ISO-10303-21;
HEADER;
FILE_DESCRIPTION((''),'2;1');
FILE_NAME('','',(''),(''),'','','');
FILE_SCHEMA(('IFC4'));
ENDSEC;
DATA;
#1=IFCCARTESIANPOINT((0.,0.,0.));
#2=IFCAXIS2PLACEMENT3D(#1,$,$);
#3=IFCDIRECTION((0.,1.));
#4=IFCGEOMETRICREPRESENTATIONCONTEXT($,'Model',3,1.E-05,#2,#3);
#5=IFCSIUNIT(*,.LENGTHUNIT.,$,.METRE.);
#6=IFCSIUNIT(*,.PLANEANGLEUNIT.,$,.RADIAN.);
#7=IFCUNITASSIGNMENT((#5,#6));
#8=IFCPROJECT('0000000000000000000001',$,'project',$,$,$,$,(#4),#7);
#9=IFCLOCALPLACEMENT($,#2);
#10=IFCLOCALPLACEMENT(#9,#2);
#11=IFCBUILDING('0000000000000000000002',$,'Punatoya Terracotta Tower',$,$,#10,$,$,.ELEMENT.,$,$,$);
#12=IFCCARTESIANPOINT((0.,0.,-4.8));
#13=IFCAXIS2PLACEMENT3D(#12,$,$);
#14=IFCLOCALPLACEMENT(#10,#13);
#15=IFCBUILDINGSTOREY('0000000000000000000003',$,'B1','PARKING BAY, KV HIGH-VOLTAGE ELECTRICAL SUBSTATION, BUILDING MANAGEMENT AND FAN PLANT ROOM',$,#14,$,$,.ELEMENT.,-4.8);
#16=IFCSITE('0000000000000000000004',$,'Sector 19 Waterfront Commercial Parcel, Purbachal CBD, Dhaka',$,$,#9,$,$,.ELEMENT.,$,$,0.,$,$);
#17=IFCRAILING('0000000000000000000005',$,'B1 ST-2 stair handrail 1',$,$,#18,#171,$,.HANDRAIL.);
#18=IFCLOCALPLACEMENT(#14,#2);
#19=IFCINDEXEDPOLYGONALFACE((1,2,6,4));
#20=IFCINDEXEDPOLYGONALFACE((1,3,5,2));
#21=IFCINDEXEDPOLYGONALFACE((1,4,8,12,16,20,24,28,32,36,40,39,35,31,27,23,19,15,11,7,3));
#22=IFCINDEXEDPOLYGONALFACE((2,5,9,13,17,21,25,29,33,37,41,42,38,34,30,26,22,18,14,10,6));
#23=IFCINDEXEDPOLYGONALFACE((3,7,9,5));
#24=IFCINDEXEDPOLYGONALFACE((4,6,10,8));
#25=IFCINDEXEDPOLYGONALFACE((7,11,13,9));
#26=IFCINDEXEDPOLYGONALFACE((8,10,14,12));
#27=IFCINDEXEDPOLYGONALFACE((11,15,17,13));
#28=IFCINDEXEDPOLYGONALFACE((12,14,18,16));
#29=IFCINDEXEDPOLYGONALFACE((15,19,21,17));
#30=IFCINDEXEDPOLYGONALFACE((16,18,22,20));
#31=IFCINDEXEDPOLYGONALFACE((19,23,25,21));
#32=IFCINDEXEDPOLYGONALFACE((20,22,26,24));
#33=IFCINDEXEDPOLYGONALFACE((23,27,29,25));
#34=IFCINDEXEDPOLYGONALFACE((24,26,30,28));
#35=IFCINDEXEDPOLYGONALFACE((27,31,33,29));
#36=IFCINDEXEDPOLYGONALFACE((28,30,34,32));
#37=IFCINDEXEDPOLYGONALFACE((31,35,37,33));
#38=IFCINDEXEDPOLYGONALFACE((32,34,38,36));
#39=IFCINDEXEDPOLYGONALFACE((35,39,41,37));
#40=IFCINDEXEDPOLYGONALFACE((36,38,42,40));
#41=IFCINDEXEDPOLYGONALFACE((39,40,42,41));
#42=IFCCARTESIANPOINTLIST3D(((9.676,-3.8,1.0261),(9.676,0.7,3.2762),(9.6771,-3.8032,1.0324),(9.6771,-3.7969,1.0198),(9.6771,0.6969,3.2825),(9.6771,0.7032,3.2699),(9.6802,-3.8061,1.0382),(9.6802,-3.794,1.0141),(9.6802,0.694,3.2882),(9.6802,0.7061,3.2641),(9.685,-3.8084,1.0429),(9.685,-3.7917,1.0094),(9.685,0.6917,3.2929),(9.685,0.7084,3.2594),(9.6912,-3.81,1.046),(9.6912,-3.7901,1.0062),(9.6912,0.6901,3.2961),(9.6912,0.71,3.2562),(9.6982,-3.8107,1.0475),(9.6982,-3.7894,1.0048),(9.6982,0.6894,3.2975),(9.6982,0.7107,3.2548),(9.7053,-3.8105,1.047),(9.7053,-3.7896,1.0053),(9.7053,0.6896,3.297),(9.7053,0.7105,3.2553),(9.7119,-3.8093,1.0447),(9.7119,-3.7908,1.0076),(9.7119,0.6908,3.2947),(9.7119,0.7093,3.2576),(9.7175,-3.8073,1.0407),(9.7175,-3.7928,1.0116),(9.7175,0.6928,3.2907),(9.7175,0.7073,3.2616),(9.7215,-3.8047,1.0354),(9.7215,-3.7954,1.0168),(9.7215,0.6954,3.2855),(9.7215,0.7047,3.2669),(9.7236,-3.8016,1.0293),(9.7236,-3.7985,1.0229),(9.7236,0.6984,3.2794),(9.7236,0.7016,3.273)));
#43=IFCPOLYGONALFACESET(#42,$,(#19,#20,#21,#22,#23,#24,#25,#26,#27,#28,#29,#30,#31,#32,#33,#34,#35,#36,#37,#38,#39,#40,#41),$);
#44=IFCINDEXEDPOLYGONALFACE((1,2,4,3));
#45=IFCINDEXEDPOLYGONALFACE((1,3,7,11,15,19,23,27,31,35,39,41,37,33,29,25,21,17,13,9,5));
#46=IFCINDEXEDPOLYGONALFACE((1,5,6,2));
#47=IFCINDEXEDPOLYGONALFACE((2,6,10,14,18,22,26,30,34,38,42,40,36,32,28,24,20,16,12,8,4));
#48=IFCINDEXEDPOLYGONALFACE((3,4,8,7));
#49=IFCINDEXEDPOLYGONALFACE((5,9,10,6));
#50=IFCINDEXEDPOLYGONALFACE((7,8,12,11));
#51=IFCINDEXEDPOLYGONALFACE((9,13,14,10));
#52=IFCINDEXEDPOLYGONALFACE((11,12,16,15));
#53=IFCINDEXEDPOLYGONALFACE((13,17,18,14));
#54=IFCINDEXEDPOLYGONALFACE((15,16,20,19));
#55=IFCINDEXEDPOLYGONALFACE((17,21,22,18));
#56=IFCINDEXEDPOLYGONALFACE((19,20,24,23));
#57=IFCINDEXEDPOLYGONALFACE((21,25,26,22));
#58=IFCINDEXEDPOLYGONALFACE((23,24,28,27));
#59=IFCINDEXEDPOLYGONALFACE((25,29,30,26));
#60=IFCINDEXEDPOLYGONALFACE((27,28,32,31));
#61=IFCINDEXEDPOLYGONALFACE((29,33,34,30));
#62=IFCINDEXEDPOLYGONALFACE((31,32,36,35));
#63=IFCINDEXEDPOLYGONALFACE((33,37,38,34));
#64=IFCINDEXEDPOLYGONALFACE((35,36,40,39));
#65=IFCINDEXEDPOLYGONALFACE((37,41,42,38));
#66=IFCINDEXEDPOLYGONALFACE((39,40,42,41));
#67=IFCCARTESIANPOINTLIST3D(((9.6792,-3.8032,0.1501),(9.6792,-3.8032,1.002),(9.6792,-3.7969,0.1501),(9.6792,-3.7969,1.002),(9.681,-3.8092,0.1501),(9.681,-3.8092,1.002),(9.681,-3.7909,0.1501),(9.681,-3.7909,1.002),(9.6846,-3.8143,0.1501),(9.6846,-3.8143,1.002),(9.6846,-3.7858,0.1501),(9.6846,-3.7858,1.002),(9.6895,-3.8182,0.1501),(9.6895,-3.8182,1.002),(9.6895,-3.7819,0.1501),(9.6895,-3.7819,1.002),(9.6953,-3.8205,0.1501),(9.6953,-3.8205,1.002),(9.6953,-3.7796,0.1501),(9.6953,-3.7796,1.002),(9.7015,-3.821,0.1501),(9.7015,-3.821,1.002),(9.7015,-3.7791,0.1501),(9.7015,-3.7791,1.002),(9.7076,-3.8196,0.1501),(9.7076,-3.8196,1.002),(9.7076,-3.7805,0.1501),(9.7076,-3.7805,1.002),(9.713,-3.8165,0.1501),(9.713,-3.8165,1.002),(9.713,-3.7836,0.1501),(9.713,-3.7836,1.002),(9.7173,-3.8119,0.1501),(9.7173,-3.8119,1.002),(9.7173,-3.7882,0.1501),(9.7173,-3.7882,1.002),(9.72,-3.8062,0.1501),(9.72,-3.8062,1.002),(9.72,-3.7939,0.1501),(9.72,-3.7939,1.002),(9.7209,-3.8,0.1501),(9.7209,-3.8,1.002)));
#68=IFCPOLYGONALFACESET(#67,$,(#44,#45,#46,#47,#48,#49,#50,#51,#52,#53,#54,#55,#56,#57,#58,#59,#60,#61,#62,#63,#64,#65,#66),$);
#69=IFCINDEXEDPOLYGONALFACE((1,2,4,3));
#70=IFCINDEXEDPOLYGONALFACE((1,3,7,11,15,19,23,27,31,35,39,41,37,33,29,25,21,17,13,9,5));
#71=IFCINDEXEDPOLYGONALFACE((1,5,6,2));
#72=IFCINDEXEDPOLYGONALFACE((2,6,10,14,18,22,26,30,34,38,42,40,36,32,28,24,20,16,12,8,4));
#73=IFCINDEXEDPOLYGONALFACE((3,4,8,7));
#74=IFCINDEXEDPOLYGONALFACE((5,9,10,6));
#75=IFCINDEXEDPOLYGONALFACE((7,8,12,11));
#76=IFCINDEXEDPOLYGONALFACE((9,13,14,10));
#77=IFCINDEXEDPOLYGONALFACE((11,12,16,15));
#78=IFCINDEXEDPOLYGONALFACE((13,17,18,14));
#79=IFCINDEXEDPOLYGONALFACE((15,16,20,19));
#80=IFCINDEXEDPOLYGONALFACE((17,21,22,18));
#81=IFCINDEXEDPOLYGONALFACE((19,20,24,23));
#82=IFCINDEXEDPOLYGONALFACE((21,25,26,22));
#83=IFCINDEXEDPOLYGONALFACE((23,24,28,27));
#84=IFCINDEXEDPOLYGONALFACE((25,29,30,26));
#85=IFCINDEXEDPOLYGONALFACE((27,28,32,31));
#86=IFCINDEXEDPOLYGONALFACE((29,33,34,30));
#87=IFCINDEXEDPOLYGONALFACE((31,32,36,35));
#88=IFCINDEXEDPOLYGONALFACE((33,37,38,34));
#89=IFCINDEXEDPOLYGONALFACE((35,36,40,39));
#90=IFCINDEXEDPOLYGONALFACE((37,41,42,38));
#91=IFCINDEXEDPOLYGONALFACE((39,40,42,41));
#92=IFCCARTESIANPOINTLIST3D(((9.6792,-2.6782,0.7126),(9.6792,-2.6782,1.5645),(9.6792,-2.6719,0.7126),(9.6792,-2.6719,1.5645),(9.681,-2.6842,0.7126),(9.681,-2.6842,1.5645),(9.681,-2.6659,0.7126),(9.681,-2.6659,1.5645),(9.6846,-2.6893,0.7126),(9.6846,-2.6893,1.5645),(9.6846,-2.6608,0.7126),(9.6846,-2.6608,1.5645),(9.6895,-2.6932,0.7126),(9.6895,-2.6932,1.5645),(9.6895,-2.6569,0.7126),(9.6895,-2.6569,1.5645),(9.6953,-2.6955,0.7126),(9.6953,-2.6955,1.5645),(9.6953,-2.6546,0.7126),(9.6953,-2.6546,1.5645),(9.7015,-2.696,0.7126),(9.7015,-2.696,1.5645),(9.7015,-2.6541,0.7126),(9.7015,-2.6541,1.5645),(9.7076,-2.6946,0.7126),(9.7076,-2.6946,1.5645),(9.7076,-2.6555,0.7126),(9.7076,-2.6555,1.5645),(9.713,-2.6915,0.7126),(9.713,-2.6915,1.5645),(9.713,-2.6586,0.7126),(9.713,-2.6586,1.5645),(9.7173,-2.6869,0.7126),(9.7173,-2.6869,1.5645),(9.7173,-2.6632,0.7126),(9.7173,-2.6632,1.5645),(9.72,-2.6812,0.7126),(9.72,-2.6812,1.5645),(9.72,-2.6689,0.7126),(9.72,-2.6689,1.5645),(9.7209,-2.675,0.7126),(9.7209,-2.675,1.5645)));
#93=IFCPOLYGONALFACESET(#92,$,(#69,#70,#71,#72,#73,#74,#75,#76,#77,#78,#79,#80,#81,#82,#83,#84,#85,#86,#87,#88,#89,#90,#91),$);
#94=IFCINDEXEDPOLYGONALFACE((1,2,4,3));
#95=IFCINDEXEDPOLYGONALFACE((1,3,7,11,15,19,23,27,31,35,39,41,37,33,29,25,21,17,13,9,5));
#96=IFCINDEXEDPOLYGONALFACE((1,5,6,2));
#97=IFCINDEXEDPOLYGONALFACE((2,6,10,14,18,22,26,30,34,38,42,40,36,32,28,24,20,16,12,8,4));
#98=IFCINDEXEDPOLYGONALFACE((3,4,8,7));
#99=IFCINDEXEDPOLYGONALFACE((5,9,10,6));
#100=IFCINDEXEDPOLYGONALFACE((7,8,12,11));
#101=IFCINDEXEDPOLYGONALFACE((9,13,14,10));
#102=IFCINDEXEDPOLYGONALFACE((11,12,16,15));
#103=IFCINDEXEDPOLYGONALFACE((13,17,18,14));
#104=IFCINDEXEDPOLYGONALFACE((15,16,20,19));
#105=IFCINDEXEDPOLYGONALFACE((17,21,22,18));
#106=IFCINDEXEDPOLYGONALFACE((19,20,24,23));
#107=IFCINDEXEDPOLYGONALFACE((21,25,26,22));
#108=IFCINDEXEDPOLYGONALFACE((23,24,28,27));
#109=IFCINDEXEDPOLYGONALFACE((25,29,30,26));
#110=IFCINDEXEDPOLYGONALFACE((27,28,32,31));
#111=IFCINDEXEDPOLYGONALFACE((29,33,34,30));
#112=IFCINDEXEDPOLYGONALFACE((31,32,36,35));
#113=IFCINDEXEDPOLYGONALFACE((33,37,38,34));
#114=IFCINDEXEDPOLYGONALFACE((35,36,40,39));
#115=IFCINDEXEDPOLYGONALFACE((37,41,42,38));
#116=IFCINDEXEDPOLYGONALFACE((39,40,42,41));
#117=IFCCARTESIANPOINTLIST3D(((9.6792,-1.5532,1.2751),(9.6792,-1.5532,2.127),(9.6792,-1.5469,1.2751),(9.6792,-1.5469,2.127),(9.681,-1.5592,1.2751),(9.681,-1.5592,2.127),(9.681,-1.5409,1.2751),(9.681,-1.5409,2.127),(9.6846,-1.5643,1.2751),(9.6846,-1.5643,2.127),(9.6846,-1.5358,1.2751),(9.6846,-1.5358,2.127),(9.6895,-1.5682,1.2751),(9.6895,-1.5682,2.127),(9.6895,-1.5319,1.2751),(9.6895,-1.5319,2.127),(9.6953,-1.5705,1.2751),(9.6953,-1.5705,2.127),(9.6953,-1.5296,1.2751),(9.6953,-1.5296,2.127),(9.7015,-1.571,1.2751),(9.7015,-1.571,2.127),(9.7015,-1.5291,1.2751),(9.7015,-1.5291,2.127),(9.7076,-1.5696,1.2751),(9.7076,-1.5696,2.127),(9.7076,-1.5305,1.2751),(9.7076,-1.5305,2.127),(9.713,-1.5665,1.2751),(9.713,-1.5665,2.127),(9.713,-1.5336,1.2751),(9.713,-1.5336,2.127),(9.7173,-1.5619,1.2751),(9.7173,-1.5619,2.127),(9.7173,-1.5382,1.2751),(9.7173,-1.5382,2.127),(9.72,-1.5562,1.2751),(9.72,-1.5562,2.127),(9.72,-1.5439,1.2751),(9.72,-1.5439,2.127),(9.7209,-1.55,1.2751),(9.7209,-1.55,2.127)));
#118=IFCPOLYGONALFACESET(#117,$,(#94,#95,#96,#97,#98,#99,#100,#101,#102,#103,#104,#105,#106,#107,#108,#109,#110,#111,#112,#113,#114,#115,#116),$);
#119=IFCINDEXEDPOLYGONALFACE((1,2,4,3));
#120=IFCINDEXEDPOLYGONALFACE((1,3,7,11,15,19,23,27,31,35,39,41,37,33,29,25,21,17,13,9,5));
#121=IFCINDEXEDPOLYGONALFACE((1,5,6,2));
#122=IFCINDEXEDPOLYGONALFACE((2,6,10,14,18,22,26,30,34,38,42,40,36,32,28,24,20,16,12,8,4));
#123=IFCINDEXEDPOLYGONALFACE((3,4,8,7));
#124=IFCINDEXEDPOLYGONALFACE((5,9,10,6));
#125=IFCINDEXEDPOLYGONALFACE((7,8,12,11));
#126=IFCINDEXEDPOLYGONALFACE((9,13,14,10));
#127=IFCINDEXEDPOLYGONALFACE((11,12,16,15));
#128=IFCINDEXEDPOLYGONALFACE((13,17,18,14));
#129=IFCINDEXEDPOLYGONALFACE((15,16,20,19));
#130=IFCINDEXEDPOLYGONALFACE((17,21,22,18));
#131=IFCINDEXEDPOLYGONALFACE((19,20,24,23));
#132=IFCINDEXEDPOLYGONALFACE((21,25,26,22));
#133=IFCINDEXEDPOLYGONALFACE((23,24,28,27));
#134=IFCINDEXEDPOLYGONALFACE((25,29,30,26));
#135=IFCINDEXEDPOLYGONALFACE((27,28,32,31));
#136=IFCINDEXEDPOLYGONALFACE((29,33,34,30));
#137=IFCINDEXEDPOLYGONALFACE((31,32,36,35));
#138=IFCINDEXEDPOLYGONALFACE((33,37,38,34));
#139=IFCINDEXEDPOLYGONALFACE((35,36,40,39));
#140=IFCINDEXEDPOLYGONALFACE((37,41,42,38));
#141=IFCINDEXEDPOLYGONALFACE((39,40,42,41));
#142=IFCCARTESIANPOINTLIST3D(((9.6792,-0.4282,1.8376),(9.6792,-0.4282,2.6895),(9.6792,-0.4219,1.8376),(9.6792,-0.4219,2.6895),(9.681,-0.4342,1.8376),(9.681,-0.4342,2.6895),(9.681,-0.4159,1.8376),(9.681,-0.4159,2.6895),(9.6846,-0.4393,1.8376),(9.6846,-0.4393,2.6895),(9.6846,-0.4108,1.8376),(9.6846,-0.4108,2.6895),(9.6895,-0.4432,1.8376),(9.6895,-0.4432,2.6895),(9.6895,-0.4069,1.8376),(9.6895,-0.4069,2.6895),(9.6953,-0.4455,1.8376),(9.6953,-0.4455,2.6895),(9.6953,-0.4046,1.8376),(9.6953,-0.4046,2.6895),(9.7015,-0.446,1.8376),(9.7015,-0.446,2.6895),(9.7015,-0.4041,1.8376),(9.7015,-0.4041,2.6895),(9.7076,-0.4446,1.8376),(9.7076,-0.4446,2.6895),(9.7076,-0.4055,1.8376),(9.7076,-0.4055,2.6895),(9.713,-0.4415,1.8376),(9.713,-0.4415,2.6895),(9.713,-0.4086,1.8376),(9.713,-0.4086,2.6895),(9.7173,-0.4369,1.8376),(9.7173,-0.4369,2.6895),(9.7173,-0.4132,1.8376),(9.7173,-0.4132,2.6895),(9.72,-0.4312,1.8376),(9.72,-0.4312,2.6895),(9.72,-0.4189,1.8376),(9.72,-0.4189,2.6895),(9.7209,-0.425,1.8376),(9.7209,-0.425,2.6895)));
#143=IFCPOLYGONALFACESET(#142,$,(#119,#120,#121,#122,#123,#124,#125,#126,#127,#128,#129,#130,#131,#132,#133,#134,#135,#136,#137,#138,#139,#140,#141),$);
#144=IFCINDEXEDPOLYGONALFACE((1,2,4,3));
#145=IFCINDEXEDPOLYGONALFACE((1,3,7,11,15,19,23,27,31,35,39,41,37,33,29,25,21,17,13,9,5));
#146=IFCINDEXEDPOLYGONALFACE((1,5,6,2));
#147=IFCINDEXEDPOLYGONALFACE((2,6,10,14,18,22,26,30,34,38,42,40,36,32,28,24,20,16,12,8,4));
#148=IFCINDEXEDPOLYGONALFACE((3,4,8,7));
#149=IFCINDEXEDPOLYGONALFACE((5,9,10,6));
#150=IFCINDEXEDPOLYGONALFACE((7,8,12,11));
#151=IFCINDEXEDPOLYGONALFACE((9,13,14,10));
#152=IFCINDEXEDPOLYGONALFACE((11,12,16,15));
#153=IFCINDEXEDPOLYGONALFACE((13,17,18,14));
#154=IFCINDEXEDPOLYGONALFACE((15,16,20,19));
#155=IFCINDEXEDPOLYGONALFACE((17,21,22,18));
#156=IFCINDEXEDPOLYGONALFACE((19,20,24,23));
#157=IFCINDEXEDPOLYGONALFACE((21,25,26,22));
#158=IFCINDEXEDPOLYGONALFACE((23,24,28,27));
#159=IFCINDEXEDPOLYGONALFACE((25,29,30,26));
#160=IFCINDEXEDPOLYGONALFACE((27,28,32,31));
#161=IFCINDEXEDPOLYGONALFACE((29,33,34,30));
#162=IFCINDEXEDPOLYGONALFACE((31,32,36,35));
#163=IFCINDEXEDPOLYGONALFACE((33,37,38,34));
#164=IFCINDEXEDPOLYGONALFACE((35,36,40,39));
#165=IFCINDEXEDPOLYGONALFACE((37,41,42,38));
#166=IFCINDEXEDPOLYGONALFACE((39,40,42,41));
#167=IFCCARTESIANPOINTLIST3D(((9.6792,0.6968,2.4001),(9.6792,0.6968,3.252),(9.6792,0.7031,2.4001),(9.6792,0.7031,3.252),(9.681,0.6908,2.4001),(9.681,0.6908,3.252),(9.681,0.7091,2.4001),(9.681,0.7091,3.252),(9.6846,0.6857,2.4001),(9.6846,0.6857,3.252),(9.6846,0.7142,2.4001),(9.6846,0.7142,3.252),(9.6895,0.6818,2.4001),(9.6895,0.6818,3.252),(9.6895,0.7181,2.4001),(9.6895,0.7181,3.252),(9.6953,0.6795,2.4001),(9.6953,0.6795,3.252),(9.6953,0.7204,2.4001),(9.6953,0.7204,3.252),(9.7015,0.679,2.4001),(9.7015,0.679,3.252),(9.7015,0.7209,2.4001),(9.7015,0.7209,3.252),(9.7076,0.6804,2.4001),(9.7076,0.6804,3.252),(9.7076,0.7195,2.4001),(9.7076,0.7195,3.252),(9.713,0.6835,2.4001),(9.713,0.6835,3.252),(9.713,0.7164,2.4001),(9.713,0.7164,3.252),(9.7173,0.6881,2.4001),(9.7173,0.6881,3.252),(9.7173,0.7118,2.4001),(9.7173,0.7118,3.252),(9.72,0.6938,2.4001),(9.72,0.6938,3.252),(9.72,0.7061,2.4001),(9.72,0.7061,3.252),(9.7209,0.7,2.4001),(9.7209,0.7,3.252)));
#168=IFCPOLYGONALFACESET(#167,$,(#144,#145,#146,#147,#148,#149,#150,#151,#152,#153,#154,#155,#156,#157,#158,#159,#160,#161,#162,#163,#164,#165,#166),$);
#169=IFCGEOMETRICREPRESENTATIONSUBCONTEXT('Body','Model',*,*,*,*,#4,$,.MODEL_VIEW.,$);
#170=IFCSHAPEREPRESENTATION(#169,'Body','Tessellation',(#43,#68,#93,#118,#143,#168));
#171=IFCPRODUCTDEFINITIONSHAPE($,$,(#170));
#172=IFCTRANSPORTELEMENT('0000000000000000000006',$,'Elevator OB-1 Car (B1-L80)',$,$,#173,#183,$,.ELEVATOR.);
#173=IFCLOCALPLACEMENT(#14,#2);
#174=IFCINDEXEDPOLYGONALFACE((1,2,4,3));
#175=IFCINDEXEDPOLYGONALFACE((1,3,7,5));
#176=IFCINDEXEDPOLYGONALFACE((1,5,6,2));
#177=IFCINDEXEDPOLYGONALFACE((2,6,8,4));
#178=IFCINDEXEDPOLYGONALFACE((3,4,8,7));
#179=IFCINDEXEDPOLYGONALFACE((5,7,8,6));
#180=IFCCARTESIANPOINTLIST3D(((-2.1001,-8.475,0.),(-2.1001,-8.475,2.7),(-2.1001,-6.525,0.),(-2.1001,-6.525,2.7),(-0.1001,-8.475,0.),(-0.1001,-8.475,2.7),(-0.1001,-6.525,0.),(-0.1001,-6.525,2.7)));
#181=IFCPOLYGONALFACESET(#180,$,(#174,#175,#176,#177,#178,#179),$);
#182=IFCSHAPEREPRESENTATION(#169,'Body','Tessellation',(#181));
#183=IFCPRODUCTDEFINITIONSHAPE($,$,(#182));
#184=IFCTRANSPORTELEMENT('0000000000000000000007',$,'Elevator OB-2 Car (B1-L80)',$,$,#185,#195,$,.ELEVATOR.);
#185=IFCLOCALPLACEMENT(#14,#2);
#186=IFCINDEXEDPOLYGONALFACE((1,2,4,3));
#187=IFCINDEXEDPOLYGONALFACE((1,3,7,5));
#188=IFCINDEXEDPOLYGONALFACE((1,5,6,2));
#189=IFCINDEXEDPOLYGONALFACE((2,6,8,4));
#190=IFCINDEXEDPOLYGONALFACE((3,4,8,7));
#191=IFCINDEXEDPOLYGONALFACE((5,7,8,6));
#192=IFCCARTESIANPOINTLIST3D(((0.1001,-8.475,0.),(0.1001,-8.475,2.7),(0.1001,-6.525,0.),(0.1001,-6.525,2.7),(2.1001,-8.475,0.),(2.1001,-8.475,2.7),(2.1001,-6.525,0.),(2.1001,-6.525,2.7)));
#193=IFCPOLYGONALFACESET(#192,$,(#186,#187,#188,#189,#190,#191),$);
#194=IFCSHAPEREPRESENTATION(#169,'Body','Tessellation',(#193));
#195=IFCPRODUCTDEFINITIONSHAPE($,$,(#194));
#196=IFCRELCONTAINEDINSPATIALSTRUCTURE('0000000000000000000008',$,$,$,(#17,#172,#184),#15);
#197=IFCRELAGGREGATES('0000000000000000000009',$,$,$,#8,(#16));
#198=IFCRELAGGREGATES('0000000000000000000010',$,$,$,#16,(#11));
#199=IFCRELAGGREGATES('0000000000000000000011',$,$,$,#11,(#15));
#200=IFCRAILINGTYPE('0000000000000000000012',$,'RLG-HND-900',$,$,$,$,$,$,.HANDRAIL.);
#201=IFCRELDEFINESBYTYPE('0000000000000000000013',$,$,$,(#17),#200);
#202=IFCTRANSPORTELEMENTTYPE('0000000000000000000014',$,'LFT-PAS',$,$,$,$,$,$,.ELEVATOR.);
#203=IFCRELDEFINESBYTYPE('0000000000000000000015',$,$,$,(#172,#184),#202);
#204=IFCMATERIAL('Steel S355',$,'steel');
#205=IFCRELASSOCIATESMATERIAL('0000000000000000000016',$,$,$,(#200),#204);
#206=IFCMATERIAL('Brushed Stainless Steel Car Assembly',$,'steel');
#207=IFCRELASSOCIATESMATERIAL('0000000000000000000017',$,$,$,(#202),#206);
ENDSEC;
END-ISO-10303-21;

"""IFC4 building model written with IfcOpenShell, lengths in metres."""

from ifc_helpers import new_model, si_unit, direction, frame, origin, origin_2d, place, context, subcontext, project, spatial, rectangle, circle, extrude, material, type_object, element, save


model = new_model("IFC4")

# Units and contexts
model_context = context("Model", 3, precision=1e-05, world=origin(), true_north=direction((0.0, 1.0)))
body_context = subcontext(model_context, "Body", "Model", "MODEL_VIEW")
ifc_project = project(units=[si_unit("LENGTHUNIT", "METRE"), si_unit("PLANEANGLEUNIT", "RADIAN")], contexts=[model_context])

# Site, building, storey
site_placement = place(None, origin())
site = spatial("IfcSite", under=ifc_project, at=site_placement, Name="Sector 19 Waterfront Commercial Parcel, Purbachal CBD, Dhaka", CompositionType="ELEMENT", RefElevation=0.0)
building_placement = place(site_placement, origin())
building = spatial("IfcBuilding", under=site, at=building_placement, Name="Punatoya Terracotta Tower", CompositionType="ELEMENT")
storey_placement = place(building_placement, frame((0.0, 0.0, -4.8)))
storey = spatial("IfcBuildingStorey", under=building, at=storey_placement, Name="B1", Description="PARKING BAY, KV HIGH-VOLTAGE ELECTRICAL SUBSTATION, BUILDING MANAGEMENT AND FAN PLANT ROOM", CompositionType="ELEMENT", Elevation=-4.8)

# Shared definitions
ifc_material_1 = material(Name="Steel S355", Category="steel")

# Railing
railing_type_1 = type_object("IfcRailingType", Name="RLG-HND-900", PredefinedType="HANDRAIL", material=ifc_material_1)
railing_1_placement = place(storey_placement, frame((9.7, -3.8, 0.1501)))
element("IfcRailing", 1, at=railing_1_placement, inside=storey, type_object=railing_type_1, Name="B1 ST-2 stair handrail 1", PredefinedType="HANDRAIL", context=body_context, shape_type="SweptSolid", body=[
    extrude(circle(Radius=0.0239, at=origin_2d()), frame((0.0, 0.0, 0.876), z_axis=(0.0, 0.894427, 0.447214), x_axis=(-1.0, 0.0, 0.0)), (0.0, 0.0, 1.0), 5.0312),
    extrude(circle(Radius=0.021, at=origin_2d()), origin(), (0.0, 0.0, 1.0), 0.8518),
    extrude(circle(Radius=0.021, at=origin_2d()), frame((0.0, 1.125, 0.5625)), (0.0, 0.0, 1.0), 0.8518),
    extrude(circle(Radius=0.021, at=origin_2d()), frame((0.0, 2.25, 1.125)), (0.0, 0.0, 1.0), 0.8518),
    extrude(circle(Radius=0.021, at=origin_2d()), frame((0.0, 3.375, 1.6875)), (0.0, 0.0, 1.0), 0.8518),
    extrude(circle(Radius=0.021, at=origin_2d()), frame((0.0, 4.5, 2.25)), (0.0, 0.0, 1.0), 0.8518),
])

# Transport elements
ifc_material_2 = material(Name="Brushed Stainless Steel Car Assembly", Category="steel")
transport_element_type = type_object("IfcTransportElementType", Name="LFT-PAS", PredefinedType="ELEVATOR", material=ifc_material_2)
for number, where, z_axis, x_axis, name in (
    (2, (-1.1001, -7.5, 0.0), (0.0, 0.0, 1.0), (1.0, 0.0, 0.0), "Elevator OB-1 Car (B1-L80)"),
    (3, (1.1001, -7.5, 0.0), (0.0, 0.0, 1.0), (1.0, 0.0, 0.0), "Elevator OB-2 Car (B1-L80)"),
):
    element("IfcTransportElement", number, at=place(storey_placement, frame(where, z_axis=z_axis, x_axis=x_axis)), inside=storey, type_object=transport_element_type, Name=name, PredefinedType="ELEVATOR", context=body_context, shape_type="SweptSolid", body=[
        extrude(rectangle(XDim=2.0, YDim=1.95, at=origin_2d()), origin(), (0.0, 0.0, 1.0), 2.7),
    ])

save(model, "model.ifc")
